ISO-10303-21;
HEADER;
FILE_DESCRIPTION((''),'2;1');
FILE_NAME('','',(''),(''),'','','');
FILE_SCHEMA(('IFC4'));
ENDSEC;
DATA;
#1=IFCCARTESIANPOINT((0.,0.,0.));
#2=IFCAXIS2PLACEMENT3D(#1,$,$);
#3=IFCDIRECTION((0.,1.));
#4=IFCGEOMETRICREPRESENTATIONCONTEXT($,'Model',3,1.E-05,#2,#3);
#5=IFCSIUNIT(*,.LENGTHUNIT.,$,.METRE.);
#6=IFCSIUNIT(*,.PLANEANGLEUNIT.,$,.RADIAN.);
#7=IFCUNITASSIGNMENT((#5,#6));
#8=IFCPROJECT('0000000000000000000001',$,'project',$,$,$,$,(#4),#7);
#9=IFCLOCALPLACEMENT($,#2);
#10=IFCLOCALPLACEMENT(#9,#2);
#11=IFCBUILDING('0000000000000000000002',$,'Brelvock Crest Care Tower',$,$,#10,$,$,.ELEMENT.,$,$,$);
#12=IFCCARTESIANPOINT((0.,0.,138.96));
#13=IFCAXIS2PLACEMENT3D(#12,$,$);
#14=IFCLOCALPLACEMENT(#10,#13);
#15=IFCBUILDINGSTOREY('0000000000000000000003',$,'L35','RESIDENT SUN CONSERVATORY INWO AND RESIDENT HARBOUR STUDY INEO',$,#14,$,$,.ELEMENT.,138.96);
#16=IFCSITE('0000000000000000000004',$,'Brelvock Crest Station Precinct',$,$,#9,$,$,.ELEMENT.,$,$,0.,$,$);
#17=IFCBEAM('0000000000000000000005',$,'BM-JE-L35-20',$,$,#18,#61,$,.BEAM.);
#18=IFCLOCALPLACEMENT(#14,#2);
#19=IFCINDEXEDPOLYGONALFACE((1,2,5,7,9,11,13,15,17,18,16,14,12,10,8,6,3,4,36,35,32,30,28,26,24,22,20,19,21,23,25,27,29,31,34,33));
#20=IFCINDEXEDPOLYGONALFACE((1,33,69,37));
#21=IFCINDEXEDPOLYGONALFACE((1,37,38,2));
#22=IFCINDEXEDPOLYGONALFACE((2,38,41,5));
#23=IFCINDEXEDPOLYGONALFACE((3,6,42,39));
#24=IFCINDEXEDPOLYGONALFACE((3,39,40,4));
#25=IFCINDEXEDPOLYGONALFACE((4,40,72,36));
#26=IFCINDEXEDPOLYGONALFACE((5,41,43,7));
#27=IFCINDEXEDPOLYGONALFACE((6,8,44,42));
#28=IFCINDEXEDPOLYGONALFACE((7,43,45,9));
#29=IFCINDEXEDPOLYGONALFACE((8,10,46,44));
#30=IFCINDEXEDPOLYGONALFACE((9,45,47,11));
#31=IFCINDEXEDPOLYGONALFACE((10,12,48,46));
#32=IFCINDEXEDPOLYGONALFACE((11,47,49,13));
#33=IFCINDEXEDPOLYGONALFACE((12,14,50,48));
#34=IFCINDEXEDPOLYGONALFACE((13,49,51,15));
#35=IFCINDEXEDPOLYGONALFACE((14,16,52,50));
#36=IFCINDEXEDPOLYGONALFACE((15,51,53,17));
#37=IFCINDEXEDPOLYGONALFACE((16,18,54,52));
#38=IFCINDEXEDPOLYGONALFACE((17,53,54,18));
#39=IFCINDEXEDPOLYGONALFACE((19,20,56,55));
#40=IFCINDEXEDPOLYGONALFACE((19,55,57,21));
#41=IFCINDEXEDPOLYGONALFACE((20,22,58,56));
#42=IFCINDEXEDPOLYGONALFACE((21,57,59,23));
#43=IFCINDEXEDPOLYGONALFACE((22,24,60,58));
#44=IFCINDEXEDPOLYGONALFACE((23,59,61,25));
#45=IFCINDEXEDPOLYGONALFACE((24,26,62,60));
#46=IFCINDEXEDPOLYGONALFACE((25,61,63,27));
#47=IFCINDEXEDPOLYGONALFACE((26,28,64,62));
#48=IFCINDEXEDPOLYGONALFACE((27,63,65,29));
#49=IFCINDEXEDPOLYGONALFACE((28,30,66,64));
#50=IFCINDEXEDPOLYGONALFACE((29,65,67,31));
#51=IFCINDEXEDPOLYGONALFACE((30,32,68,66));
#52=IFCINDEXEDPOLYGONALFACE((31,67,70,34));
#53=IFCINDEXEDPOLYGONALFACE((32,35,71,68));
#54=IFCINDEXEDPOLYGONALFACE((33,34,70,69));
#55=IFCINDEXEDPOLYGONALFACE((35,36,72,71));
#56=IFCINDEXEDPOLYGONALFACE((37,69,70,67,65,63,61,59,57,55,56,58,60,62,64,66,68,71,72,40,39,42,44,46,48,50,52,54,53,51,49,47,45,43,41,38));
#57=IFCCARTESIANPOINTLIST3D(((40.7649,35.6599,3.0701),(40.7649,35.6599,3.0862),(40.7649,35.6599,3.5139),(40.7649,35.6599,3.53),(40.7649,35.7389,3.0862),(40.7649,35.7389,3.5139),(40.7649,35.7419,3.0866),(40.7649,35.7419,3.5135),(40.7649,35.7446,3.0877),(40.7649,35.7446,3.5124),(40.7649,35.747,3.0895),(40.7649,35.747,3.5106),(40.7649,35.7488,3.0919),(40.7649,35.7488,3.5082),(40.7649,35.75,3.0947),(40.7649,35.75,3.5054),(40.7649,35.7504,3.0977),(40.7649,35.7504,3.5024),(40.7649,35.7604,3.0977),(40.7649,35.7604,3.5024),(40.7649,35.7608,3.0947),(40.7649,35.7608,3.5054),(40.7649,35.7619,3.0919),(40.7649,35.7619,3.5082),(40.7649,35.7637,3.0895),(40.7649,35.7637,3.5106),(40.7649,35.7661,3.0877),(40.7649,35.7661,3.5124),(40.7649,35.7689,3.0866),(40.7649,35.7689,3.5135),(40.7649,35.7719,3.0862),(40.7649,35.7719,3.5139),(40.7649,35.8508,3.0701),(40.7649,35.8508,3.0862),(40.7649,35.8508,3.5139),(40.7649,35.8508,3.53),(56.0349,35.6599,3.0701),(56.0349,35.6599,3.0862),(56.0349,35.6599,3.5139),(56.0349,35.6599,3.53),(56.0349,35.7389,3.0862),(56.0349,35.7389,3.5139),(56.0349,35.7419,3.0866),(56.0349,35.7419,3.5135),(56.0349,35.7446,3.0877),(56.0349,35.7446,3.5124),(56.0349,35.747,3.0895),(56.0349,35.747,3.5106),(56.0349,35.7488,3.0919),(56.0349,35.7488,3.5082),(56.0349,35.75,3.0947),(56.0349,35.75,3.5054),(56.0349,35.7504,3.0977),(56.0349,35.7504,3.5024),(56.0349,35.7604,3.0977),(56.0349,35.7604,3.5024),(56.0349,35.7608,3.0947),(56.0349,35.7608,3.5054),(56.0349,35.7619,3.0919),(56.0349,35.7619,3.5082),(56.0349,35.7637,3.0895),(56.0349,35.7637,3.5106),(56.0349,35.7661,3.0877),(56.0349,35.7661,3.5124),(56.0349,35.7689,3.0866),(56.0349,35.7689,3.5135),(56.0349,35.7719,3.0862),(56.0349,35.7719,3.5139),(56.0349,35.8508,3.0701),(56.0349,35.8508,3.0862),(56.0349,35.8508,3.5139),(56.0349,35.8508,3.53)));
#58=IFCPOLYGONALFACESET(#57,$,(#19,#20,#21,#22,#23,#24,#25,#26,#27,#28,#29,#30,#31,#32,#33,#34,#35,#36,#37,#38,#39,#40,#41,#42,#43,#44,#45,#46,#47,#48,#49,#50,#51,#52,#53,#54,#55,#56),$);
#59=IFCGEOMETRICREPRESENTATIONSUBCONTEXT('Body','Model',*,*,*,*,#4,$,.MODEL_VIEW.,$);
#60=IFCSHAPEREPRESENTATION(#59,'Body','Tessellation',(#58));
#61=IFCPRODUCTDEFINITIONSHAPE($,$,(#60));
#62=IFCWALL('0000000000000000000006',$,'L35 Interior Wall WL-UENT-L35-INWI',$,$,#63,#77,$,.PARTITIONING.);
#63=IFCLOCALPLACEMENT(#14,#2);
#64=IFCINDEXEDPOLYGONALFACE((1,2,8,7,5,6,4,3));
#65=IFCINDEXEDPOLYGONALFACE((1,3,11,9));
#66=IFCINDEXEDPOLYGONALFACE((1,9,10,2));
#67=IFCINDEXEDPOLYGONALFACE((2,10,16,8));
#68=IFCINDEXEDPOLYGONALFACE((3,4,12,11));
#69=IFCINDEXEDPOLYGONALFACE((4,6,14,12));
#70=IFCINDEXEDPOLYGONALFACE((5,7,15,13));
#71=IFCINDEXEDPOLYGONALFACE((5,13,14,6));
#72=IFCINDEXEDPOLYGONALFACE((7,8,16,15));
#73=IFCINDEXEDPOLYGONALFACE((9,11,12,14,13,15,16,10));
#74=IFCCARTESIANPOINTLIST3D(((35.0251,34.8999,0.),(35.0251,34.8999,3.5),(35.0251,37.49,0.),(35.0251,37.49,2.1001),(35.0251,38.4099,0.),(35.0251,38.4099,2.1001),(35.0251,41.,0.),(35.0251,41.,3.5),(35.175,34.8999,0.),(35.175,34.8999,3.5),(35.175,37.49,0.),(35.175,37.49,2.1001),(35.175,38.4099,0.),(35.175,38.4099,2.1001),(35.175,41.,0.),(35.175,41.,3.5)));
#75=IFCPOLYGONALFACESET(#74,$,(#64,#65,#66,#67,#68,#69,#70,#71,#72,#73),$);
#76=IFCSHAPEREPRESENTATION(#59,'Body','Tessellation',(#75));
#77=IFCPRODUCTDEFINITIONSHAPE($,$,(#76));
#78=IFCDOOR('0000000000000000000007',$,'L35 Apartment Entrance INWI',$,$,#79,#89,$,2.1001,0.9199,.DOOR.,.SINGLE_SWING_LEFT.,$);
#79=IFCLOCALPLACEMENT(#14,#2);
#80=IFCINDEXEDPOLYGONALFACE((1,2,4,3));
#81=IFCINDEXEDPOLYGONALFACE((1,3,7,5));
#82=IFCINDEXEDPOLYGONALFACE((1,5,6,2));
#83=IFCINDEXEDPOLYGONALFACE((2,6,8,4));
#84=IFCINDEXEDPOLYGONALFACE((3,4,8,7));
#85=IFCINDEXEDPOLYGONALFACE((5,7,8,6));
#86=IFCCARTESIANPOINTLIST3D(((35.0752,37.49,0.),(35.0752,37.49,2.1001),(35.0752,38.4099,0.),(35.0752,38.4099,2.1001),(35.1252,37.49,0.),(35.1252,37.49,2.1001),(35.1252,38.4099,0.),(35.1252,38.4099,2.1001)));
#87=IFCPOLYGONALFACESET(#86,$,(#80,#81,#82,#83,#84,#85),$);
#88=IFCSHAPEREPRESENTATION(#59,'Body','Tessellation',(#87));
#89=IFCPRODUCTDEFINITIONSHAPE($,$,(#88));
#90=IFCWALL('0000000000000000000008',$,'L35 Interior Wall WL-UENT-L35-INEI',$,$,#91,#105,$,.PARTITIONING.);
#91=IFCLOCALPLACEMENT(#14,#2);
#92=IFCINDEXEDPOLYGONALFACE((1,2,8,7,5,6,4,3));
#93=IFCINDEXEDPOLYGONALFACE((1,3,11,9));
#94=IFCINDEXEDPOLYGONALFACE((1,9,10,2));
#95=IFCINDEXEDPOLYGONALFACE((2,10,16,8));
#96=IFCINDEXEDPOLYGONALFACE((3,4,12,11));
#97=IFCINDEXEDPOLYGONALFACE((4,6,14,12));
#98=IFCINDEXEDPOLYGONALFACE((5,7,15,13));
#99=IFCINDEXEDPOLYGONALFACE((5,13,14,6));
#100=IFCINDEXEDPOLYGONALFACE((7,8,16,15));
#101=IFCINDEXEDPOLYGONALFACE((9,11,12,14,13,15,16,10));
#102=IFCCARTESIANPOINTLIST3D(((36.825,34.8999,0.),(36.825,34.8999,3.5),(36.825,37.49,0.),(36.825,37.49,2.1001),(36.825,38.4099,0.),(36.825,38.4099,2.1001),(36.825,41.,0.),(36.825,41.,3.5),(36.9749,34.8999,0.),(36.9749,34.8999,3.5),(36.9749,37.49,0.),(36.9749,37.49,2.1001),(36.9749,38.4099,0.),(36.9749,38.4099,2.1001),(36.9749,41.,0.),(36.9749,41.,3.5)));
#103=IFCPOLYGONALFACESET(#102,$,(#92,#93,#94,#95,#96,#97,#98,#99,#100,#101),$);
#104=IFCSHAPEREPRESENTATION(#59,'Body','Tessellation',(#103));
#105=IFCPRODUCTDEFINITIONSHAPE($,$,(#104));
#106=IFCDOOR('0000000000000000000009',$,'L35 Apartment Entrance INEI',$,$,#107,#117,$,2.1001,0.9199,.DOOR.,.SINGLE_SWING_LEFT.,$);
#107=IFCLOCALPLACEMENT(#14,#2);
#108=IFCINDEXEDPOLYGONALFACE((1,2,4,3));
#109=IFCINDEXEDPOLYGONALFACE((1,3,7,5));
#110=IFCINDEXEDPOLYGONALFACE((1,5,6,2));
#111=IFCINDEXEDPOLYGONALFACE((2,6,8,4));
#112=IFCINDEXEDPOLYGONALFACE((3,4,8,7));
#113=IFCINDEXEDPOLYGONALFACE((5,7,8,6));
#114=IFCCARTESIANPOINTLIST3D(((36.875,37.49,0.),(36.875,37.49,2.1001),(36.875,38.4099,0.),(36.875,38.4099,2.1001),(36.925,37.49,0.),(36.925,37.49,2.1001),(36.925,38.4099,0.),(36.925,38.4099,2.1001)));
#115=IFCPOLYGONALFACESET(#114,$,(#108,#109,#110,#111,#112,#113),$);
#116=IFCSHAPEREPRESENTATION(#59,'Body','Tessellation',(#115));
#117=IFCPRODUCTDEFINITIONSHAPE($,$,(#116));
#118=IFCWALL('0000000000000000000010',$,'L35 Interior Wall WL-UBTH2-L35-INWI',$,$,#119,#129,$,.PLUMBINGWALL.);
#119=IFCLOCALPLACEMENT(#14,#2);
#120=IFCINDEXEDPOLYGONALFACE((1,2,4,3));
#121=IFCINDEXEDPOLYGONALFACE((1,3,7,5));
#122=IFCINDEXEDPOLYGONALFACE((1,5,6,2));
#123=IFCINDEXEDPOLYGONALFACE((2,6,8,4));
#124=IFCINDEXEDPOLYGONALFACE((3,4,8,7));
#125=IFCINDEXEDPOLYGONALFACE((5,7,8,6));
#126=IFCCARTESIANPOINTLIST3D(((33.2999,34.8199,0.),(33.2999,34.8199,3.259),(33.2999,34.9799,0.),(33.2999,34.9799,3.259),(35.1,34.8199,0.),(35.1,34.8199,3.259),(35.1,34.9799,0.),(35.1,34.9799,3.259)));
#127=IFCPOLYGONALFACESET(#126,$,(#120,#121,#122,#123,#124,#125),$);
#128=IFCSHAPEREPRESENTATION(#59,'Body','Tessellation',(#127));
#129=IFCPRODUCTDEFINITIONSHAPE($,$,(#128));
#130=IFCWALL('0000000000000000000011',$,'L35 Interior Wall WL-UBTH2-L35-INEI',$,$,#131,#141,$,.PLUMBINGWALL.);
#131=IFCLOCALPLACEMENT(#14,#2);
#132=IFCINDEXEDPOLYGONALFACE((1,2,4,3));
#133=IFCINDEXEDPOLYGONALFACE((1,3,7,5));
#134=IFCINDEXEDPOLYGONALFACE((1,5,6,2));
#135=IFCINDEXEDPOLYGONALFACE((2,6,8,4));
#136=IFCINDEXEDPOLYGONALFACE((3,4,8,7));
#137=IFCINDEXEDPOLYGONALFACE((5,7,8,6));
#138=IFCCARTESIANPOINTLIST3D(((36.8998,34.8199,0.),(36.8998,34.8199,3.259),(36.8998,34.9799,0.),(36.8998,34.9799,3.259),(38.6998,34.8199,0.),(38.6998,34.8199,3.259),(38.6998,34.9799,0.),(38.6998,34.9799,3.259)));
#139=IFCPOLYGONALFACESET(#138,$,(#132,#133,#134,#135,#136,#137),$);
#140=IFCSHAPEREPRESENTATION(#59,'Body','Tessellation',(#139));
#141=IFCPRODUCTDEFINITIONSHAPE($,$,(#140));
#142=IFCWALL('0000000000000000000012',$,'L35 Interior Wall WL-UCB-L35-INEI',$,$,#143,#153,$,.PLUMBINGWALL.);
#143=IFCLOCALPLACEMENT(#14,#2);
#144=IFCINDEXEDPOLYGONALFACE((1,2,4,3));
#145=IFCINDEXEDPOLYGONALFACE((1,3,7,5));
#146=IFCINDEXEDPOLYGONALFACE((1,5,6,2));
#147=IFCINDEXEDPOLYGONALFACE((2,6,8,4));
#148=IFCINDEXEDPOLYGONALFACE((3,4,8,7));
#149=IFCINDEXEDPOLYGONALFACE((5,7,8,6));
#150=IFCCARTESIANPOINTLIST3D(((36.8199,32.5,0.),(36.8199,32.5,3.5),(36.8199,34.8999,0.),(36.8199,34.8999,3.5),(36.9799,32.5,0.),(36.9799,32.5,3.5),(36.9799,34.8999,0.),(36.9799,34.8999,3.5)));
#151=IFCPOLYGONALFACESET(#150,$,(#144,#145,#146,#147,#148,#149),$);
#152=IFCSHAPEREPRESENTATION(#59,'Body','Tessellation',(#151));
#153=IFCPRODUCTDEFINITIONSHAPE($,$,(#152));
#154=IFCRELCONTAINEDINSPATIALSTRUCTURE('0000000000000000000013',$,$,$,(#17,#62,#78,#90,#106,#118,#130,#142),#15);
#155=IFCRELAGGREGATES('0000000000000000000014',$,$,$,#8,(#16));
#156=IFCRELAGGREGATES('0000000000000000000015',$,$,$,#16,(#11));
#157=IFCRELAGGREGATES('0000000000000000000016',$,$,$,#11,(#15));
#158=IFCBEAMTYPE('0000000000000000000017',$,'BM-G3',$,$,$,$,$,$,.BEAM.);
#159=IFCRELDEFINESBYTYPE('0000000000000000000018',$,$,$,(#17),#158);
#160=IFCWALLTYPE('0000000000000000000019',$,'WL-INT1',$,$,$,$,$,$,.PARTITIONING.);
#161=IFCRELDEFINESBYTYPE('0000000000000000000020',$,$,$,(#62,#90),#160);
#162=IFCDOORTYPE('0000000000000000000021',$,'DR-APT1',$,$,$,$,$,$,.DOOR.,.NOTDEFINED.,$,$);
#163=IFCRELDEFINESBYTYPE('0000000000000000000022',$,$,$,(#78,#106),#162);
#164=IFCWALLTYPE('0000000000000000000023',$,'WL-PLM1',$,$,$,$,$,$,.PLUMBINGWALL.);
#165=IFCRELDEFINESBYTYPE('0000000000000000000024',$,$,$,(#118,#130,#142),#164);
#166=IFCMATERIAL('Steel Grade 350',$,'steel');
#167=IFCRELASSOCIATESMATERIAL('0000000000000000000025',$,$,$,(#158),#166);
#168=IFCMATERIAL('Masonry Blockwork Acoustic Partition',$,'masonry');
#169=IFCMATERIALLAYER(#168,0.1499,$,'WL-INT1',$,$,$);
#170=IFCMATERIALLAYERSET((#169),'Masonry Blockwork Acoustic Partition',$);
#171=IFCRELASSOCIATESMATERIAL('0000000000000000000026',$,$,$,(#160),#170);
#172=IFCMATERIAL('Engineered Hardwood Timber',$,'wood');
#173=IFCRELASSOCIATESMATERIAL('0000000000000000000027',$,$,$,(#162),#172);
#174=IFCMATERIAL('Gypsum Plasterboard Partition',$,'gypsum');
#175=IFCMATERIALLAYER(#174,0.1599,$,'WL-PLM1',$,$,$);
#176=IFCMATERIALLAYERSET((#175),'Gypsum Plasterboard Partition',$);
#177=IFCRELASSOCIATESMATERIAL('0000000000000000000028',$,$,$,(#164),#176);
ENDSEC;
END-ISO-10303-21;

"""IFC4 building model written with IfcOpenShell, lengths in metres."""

from ifc_helpers import new_model, si_unit, direction, frame, frame_2d, origin, origin_2d, place, context, subcontext, project, spatial, rectangle, i_section, extrude, source, transform, mapped, material, layer, layer_set, material_profile, profile_set, type_object, element, fill, save


model = new_model("IFC4")

# Units and contexts
model_context = context("Model", 3, precision=1e-05, world=origin(), true_north=direction((0.0, 1.0)))
body_context = subcontext(model_context, "Body", "Model", "MODEL_VIEW")
ifc_project = project(units=[si_unit("LENGTHUNIT", "METRE"), si_unit("PLANEANGLEUNIT", "RADIAN")], contexts=[model_context])

# Site, building, storey
site_placement = place(None, origin())
site = spatial("IfcSite", under=ifc_project, at=site_placement, Name="Brelvock Crest Station Precinct", CompositionType="ELEMENT", RefElevation=0.0)
building_placement = place(site_placement, origin())
building = spatial("IfcBuilding", under=site, at=building_placement, Name="Brelvock Crest Care Tower", CompositionType="ELEMENT")
storey_placement = place(building_placement, frame((0.0, 0.0, 138.96)))
storey = spatial("IfcBuildingStorey", under=building, at=storey_placement, Name="L35", Description="RESIDENT SUN CONSERVATORY INWO AND RESIDENT HARBOUR STUDY INEO", CompositionType="ELEMENT", Elevation=138.96)

# Beam
ifc_material_1 = material(Name="Steel Grade 350", Category="steel")
ifc_material_profile_1 = material_profile(ifc_material_1, i_section(OverallWidth=0.1909, OverallDepth=0.46, WebThickness=0.01, FlangeThickness=0.0161, FilletRadius=0.0115, at=origin_2d()), Name="460UB82.1")
ifc_profile_set_1 = profile_set([ifc_material_profile_1], Name="Steel Grade 350")
beam_type_1 = type_object("IfcBeamType", Name="BM-G3", PredefinedType="BEAM", material=ifc_profile_set_1)
shared_shape_1 = source(origin(), body_context, "Body", "SweptSolid", [
    extrude(i_section(OverallWidth=0.1909, OverallDepth=0.46, WebThickness=0.01, FlangeThickness=0.0161, FilletRadius=0.0115, at=origin_2d()), origin(), (0.0, 0.0, 1.0), 15.27),
])
for number, where, z_axis, x_axis, name in (
    (1, (40.7649, 35.7554, 3.3), (1.0, 0.0, 0.0), (0.0, 1.0, 0.0), "BM-JE-L35-20"),
):
    element("IfcBeam", number, at=place(storey_placement, frame(where, z_axis=z_axis, x_axis=x_axis)), inside=storey, type_object=beam_type_1, Name=name, PredefinedType="BEAM", context=body_context, shape_type="MappedRepresentation", body=[
        mapped(shared_shape_1, transform((0.0, 0.0, 0.0), x_axis=(1.0, 0.0, 0.0), y_axis=(0.0, 1.0, 0.0), z_axis=(0.0, 0.0, 1.0), scale=1.0)),
    ])

# Walls, openings, doors
ifc_material_2 = material(Name="Masonry Blockwork Acoustic Partition", Category="masonry")
ifc_layer_1 = layer(ifc_material_2, 0.1499, Name="WL-INT1")
ifc_layer_set_1 = layer_set([ifc_layer_1], Name="Masonry Blockwork Acoustic Partition")
wall_type_1 = type_object("IfcWallType", Name="WL-INT1", PredefinedType="PARTITIONING", material=ifc_layer_set_1)
wall_1_placement = place(storey_placement, frame((35.1001, 34.8999, 0.0), z_axis=(0.0, 0.0, 1.0), x_axis=(0.0, 1.0, 0.0)))
wall_1 = element("IfcWall", 2, at=wall_1_placement, inside=storey, type_object=wall_type_1, Name="L35 Interior Wall WL-UENT-L35-INWI", PredefinedType="PARTITIONING", context=body_context, shape_type="SweptSolid", body=[
    extrude(rectangle(XDim=6.1001, YDim=0.1499, at=frame_2d((3.05, 0.0))), origin(), (0.0, 0.0, 1.0), 3.5),
])
opening_1_placement = place(wall_1_placement, frame((2.5901, 0.0, 0.0)))
opening_1 = element("IfcOpeningElement", 3, at=opening_1_placement, cuts=wall_1, PredefinedType="OPENING", context=body_context, shape_type="SweptSolid", body=[
    extrude(rectangle(XDim=0.9199, YDim=2.1001, at=origin_2d()), frame((0.46, 0.085, 1.05), z_axis=(0.0, -1.0, 0.0), x_axis=(1.0, 0.0, 0.0)), (0.0, 0.0, 1.0), 0.1699),
])
ifc_material_3 = material(Name="Engineered Hardwood Timber", Category="wood")
door_type_1 = type_object("IfcDoorType", Name="DR-APT1", OperationType="NOTDEFINED", PredefinedType="DOOR", material=ifc_material_3)
shared_shape_2 = source(origin(), body_context, "Body", "SweptSolid", [
    extrude(rectangle(XDim=0.9199, YDim=2.1001, at=origin_2d()), frame((0.46, 0.0249, 1.05), z_axis=(0.0, -1.0, 0.0), x_axis=(1.0, 0.0, 0.0)), (0.0, 0.0, 1.0), 0.05),
])
door_1_placement = place(opening_1_placement, origin())
door_1 = element("IfcDoor", 4, at=door_1_placement, inside=storey, type_object=door_type_1, Name="L35 Apartment Entrance INWI", OperationType="SINGLE_SWING_LEFT", OverallHeight=2.1001, OverallWidth=0.9199, PredefinedType="DOOR", context=body_context, shape_type="MappedRepresentation", body=[
    mapped(shared_shape_2, transform((0.0, 0.0, 0.0), x_axis=(1.0, 0.0, 0.0), y_axis=(0.0, 1.0, 0.0), z_axis=(0.0, 0.0, 1.0), scale=1.0)),
])
fill(opening_1, door_1)
wall_2_placement = place(storey_placement, frame((36.8999, 34.8999, 0.0), z_axis=(0.0, 0.0, 1.0), x_axis=(0.0, 1.0, 0.0)))
wall_2 = element("IfcWall", 5, at=wall_2_placement, inside=storey, type_object=wall_type_1, Name="L35 Interior Wall WL-UENT-L35-INEI", PredefinedType="PARTITIONING", context=body_context, shape_type="SweptSolid", body=[
    extrude(rectangle(XDim=6.1001, YDim=0.1499, at=frame_2d((3.05, 0.0))), origin(), (0.0, 0.0, 1.0), 3.5),
])
opening_2_placement = place(wall_2_placement, frame((2.5901, 0.0, 0.0)))
opening_2 = element("IfcOpeningElement", 6, at=opening_2_placement, cuts=wall_2, PredefinedType="OPENING", context=body_context, shape_type="SweptSolid", body=[
    extrude(rectangle(XDim=0.9199, YDim=2.1001, at=origin_2d()), frame((0.46, 0.085, 1.05), z_axis=(0.0, -1.0, 0.0), x_axis=(1.0, 0.0, 0.0)), (0.0, 0.0, 1.0), 0.1699),
])
door_2_placement = place(opening_2_placement, origin())
door_2 = element("IfcDoor", 7, at=door_2_placement, inside=storey, type_object=door_type_1, Name="L35 Apartment Entrance INEI", OperationType="SINGLE_SWING_LEFT", OverallHeight=2.1001, OverallWidth=0.9199, PredefinedType="DOOR", context=body_context, shape_type="MappedRepresentation", body=[
    mapped(shared_shape_2, transform((0.0, 0.0, 0.0), x_axis=(1.0, 0.0, 0.0), y_axis=(0.0, 1.0, 0.0), z_axis=(0.0, 0.0, 1.0), scale=1.0)),
])
fill(opening_2, door_2)

# Walls
ifc_material_4 = material(Name="Gypsum Plasterboard Partition", Category="gypsum")
ifc_layer_2 = layer(ifc_material_4, 0.1599, Name="WL-PLM1")
ifc_layer_set_2 = layer_set([ifc_layer_2], Name="Gypsum Plasterboard Partition")
wall_type_2 = type_object("IfcWallType", Name="WL-PLM1", PredefinedType="PLUMBINGWALL", material=ifc_layer_set_2)
for number, where, z_axis, x_axis, name in (
    (8, (33.3, 34.8999, 0.0), (0.0, 0.0, 1.0), (1.0, 0.0, 0.0), "L35 Interior Wall WL-UBTH2-L35-INWI"),
    (9, (36.8999, 34.8999, 0.0), (0.0, 0.0, 1.0), (1.0, 0.0, 0.0), "L35 Interior Wall WL-UBTH2-L35-INEI"),
):
    element("IfcWall", number, at=place(storey_placement, frame(where, z_axis=z_axis, x_axis=x_axis)), inside=storey, type_object=wall_type_2, Name=name, PredefinedType="PLUMBINGWALL", context=body_context, shape_type="SweptSolid", body=[
        extrude(rectangle(XDim=1.8, YDim=0.1599, at=frame_2d((0.8999, 0.0))), origin(), (0.0, 0.0, 1.0), 3.259),
    ])
wall_3_placement = place(storey_placement, frame((36.8999, 32.5, 0.0), z_axis=(0.0, 0.0, 1.0), x_axis=(0.0, 1.0, 0.0)))
element("IfcWall", 10, at=wall_3_placement, inside=storey, type_object=wall_type_2, Name="L35 Interior Wall WL-UCB-L35-INEI", PredefinedType="PLUMBINGWALL", context=body_context, shape_type="SweptSolid", body=[
    extrude(rectangle(XDim=2.3999, YDim=0.1599, at=frame_2d((1.2, 0.0))), origin(), (0.0, 0.0, 1.0), 3.5),
])

save(model, "model.ifc")
